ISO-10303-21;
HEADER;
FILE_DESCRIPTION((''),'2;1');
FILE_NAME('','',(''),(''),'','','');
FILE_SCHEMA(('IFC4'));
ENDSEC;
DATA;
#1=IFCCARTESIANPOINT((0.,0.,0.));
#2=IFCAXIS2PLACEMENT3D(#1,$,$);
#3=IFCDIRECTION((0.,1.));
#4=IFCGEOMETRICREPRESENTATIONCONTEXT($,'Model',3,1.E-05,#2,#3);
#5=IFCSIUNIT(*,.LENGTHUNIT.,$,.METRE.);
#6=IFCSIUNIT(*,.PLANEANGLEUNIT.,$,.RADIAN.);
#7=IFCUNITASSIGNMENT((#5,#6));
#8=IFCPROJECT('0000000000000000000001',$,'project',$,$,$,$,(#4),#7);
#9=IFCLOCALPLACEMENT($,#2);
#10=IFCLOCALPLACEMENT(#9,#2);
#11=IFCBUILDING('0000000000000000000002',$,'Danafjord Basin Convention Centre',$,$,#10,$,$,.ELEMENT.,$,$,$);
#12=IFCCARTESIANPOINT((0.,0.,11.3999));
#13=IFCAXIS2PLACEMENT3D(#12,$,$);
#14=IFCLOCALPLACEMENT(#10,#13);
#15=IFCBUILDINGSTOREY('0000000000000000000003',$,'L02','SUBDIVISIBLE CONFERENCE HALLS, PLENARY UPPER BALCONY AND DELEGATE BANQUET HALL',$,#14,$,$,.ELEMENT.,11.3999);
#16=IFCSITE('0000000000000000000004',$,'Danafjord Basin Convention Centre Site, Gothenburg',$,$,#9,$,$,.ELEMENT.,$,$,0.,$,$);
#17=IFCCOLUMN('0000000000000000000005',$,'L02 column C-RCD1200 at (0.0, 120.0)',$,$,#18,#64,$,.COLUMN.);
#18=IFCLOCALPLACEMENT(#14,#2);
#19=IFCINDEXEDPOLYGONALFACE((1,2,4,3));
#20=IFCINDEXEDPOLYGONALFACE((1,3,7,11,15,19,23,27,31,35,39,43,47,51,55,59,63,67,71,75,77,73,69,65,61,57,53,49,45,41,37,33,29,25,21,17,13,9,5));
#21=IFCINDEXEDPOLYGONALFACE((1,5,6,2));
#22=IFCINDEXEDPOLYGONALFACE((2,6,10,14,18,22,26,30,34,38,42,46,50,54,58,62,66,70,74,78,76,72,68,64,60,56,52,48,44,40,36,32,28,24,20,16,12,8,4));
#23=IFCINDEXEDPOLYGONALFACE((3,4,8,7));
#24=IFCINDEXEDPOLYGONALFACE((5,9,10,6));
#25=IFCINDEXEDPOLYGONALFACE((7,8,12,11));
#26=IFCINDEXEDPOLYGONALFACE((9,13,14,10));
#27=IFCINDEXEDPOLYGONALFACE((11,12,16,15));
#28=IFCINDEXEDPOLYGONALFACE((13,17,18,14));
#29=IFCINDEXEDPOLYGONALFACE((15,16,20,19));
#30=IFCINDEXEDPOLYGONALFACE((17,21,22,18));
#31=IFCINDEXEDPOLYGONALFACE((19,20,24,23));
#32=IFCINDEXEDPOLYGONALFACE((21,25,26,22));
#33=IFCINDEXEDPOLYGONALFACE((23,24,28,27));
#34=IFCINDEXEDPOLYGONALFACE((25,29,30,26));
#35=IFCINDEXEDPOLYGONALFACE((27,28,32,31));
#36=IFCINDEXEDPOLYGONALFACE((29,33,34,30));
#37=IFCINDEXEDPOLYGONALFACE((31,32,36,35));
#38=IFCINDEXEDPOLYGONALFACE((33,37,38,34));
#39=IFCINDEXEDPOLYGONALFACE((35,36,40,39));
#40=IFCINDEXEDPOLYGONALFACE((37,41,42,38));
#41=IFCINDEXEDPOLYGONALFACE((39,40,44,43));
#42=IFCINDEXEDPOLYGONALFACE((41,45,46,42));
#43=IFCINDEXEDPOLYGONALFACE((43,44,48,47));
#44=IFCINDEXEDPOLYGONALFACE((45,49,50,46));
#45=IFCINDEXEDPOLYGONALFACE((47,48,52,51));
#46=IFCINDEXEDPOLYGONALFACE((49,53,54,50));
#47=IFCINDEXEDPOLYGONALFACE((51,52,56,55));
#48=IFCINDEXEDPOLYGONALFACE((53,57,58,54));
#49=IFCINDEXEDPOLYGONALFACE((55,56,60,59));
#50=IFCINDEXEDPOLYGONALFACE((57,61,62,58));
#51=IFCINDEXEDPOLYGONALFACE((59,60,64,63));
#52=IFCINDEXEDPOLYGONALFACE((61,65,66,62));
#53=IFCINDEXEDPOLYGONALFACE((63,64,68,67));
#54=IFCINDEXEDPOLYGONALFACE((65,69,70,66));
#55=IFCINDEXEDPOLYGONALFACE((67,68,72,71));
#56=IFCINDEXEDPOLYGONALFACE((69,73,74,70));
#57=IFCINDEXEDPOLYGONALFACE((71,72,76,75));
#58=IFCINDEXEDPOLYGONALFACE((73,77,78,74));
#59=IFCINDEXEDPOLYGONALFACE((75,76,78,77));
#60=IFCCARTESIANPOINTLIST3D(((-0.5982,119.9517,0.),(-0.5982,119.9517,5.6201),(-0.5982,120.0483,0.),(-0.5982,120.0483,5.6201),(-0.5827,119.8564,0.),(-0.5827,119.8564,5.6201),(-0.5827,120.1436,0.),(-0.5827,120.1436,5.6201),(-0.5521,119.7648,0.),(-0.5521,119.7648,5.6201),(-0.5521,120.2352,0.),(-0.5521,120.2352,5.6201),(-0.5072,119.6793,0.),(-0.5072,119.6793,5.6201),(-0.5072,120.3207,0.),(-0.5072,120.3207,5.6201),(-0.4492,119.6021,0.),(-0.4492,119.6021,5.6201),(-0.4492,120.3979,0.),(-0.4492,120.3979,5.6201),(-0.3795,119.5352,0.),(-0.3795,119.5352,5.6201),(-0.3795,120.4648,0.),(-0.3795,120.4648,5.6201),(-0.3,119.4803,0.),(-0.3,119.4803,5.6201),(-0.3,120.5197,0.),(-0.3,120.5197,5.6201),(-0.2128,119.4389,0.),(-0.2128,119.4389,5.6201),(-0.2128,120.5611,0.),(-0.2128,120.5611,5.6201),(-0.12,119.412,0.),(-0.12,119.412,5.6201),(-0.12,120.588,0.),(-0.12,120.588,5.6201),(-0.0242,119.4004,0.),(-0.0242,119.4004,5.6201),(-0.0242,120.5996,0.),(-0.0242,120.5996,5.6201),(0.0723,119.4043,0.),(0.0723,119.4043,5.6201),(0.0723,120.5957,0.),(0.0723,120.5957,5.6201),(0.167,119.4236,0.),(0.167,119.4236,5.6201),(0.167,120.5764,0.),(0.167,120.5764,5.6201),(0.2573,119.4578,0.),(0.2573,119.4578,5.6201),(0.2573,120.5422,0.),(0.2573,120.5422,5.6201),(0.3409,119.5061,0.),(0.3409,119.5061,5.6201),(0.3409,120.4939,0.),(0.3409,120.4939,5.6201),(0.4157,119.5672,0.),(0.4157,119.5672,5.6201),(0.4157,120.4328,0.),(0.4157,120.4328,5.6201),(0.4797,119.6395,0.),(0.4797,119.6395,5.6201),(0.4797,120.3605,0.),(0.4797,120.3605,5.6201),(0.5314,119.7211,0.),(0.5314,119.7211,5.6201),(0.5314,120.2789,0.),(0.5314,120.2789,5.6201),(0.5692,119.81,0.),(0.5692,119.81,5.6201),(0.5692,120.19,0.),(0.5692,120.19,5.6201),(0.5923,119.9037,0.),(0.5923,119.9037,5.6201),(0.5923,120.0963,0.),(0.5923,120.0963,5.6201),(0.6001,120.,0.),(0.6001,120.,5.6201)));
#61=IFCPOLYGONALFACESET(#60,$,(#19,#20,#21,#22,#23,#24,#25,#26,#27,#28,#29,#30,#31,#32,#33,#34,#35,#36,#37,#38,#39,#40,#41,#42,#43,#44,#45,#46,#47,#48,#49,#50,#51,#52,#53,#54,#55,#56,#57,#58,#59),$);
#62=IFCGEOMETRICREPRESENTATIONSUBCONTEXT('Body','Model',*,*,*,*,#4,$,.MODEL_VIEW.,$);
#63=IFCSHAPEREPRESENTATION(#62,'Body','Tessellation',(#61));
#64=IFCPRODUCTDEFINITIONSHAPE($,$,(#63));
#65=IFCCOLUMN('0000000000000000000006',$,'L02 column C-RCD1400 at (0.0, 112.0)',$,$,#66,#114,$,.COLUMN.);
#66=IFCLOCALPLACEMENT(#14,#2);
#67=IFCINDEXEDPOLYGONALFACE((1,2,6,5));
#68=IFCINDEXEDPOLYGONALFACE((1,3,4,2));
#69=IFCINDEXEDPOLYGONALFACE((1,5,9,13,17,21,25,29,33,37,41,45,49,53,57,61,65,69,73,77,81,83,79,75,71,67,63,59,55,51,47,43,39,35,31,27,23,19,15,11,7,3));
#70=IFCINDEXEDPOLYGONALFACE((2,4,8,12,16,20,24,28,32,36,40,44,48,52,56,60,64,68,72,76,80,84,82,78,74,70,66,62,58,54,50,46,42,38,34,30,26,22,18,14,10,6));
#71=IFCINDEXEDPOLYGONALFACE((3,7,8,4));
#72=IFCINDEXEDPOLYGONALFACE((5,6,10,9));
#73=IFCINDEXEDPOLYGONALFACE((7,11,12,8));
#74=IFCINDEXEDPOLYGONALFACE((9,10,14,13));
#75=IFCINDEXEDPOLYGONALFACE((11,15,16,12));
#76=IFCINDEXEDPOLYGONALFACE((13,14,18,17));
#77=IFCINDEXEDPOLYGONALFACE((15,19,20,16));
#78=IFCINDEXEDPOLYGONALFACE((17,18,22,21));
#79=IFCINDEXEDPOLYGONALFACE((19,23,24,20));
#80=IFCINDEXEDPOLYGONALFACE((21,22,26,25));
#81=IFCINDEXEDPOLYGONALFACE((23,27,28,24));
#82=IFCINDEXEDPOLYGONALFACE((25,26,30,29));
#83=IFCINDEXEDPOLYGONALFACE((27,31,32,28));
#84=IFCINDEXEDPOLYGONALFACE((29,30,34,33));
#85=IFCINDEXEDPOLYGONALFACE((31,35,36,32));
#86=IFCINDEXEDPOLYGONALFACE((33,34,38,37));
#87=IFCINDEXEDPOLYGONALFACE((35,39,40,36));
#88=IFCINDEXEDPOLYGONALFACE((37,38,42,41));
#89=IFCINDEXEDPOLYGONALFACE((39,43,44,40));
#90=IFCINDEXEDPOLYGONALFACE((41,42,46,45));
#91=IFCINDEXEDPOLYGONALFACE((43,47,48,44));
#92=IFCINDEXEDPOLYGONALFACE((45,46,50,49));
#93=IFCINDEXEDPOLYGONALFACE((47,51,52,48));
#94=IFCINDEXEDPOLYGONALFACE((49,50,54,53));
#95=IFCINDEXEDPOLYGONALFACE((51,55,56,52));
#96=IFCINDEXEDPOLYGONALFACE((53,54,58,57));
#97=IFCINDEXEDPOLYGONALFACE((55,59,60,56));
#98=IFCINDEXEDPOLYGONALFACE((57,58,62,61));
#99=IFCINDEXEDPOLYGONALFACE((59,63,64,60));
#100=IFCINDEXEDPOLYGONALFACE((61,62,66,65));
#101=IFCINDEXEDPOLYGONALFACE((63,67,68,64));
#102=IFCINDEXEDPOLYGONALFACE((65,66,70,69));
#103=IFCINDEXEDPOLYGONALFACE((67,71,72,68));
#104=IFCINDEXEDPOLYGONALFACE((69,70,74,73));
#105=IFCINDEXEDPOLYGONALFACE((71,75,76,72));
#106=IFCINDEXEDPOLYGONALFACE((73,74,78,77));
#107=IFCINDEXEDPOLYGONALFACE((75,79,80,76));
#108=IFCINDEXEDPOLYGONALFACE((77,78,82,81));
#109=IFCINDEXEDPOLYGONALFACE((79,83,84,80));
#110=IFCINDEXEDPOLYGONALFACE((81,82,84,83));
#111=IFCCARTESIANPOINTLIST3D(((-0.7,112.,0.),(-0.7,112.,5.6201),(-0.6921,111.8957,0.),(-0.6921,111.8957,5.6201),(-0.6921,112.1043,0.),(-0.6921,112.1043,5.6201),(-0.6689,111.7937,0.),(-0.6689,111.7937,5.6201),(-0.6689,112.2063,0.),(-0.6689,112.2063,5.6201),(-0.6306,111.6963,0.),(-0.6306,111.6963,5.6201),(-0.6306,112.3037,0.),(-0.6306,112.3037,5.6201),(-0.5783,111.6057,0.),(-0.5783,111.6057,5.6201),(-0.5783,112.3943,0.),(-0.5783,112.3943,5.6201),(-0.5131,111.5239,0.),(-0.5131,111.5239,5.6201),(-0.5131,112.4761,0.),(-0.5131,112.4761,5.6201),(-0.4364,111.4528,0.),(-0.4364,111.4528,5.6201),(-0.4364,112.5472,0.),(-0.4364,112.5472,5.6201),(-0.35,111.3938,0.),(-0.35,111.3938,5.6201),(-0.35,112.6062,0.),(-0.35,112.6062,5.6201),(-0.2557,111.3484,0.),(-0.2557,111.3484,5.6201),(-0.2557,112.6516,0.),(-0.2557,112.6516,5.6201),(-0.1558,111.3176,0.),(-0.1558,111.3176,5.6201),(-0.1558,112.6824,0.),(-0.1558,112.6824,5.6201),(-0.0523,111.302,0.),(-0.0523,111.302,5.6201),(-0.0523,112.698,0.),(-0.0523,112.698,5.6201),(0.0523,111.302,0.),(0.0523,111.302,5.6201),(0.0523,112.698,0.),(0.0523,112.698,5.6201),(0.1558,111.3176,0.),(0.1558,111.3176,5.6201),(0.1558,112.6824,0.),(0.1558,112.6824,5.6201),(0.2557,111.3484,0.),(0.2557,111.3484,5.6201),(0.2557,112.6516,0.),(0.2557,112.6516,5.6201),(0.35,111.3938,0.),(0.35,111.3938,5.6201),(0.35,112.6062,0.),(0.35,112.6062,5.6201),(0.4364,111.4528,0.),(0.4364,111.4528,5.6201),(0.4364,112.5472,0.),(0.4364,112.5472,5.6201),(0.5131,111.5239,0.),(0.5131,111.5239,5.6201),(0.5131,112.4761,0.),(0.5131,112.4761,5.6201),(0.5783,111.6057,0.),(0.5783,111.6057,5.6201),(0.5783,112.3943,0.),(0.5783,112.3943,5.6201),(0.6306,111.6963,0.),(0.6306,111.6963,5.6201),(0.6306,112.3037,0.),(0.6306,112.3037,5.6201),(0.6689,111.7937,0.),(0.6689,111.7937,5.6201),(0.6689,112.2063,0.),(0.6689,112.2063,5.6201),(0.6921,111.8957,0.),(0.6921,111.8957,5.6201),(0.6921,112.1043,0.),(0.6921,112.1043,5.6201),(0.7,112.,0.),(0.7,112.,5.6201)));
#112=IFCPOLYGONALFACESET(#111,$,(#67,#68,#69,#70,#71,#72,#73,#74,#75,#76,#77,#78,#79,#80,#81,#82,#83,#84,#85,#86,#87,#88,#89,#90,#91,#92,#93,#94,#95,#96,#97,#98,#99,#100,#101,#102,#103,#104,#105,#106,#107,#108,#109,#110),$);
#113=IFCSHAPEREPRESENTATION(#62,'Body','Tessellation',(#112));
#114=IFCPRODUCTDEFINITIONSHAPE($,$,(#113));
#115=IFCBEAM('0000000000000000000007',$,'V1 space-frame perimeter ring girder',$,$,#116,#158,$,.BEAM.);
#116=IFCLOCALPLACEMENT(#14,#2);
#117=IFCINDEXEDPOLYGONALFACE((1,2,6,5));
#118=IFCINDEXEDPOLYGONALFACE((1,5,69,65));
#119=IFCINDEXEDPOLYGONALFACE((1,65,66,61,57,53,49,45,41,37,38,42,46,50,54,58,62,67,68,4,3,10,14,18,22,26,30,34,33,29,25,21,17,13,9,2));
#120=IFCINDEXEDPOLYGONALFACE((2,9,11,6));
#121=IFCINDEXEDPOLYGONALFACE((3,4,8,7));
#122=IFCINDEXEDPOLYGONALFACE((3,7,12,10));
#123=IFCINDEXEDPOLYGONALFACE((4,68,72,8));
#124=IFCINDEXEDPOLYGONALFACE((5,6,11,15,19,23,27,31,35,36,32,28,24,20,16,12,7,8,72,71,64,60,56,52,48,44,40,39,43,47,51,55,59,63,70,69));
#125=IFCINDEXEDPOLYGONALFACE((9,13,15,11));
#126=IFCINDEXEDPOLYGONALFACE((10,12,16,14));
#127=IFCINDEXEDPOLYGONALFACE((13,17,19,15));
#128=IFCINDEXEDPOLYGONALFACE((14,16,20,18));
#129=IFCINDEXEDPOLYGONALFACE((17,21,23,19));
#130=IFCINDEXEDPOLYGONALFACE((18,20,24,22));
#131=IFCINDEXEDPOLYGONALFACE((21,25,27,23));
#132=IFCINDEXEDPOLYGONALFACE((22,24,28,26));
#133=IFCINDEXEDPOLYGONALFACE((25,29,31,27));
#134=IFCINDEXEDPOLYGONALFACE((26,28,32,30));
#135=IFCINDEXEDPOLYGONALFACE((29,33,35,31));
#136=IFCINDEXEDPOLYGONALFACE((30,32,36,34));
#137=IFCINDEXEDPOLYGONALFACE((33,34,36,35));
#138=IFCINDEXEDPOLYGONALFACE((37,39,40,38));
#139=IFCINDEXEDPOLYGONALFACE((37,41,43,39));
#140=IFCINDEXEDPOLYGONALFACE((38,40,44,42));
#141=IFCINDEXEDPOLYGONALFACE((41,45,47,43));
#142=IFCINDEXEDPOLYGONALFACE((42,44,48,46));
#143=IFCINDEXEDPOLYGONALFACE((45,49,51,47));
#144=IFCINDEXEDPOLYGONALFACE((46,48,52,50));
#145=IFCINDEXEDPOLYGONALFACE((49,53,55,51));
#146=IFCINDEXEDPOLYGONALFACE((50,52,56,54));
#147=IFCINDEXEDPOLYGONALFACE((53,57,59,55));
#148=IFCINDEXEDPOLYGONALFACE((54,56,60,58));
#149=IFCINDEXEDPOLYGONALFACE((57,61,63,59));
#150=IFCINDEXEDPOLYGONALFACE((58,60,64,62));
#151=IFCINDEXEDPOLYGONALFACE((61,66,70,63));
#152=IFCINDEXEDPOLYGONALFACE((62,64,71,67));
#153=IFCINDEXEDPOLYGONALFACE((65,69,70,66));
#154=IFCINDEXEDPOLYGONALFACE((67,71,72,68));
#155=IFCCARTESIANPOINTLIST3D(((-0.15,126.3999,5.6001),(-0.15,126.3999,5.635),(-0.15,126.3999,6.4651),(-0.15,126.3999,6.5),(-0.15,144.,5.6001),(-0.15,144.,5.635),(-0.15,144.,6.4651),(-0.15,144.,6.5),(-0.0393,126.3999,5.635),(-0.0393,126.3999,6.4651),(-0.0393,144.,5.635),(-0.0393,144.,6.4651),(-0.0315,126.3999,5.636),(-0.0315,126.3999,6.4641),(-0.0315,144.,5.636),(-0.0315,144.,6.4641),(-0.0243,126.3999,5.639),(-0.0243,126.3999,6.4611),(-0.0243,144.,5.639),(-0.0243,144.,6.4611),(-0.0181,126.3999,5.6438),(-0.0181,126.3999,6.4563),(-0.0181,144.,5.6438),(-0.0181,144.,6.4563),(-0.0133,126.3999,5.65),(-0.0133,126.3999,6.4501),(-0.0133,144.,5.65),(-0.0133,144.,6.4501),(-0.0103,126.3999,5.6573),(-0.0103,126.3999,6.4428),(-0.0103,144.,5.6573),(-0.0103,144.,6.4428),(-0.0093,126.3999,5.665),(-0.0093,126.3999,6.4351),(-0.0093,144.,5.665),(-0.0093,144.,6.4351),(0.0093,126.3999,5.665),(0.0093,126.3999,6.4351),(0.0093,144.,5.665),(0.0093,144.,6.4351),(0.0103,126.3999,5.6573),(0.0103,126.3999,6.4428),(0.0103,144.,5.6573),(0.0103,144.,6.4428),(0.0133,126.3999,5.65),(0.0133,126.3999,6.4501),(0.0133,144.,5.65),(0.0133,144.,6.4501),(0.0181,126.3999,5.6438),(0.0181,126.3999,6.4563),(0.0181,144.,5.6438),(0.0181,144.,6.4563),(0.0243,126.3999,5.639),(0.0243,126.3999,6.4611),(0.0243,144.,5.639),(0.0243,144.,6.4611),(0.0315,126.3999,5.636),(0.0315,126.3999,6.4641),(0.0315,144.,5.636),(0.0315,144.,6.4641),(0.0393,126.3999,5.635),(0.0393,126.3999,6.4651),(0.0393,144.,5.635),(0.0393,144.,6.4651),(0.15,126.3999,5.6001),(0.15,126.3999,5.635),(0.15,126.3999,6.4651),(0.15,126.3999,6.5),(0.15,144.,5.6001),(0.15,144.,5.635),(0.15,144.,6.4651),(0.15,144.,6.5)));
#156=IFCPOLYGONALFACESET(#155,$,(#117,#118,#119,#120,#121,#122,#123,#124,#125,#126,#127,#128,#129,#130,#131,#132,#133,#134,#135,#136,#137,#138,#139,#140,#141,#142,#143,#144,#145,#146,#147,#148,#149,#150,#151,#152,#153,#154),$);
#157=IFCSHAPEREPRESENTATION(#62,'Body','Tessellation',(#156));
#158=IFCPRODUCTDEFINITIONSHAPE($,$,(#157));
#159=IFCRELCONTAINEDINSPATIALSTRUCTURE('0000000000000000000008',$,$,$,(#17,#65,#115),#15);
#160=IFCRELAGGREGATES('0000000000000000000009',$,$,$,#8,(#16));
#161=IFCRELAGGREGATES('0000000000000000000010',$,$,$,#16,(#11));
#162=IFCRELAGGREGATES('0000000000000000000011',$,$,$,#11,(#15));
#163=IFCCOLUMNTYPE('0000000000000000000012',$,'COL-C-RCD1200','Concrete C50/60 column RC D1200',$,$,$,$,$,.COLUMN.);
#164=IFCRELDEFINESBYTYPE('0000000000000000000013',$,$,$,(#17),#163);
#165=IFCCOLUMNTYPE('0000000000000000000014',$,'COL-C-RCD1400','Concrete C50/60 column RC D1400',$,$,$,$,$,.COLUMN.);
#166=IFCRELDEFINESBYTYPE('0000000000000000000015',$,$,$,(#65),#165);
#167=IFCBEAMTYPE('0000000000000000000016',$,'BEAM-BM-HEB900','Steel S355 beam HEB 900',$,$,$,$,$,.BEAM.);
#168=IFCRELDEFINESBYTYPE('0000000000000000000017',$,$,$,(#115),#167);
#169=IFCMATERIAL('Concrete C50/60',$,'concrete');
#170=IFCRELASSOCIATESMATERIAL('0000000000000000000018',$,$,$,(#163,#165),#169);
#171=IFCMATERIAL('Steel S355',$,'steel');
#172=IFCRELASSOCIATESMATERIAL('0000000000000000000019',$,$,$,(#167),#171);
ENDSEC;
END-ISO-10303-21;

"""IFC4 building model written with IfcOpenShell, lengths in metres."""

from ifc_helpers import new_model, si_unit, direction, frame, origin, origin_2d, place, context, subcontext, project, spatial, circle, i_section, extrude, material, material_profile, profile_set, type_object, element, save


model = new_model("IFC4")

# Units and contexts
model_context = context("Model", 3, precision=1e-05, world=origin(), true_north=direction((0.0, 1.0)))
body_context = subcontext(model_context, "Body", "Model", "MODEL_VIEW")
ifc_project = project(units=[si_unit("LENGTHUNIT", "METRE"), si_unit("PLANEANGLEUNIT", "RADIAN")], contexts=[model_context])

# Site, building, storey
site_placement = place(None, origin())
site = spatial("IfcSite", under=ifc_project, at=site_placement, Name="Danafjord Basin Convention Centre Site, Gothenburg", CompositionType="ELEMENT", RefElevation=0.0)
building_placement = place(site_placement, origin())
building = spatial("IfcBuilding", under=site, at=building_placement, Name="Danafjord Basin Convention Centre", CompositionType="ELEMENT")
storey_placement = place(building_placement, frame((0.0, 0.0, 11.3999)))
storey = spatial("IfcBuildingStorey", under=building, at=storey_placement, Name="L02", Description="SUBDIVISIBLE CONFERENCE HALLS, PLENARY UPPER BALCONY AND DELEGATE BANQUET HALL", CompositionType="ELEMENT", Elevation=11.3999)

# Columns
ifc_material_1 = material(Name="Concrete C50/60", Category="concrete")
ifc_material_profile_1 = material_profile(ifc_material_1, circle(Radius=0.6001, at=origin_2d()), Name="RC D1200")
ifc_profile_set_1 = profile_set([ifc_material_profile_1], Name="Concrete C50/60")
column_type_1 = type_object("IfcColumnType", Name="COL-C-RCD1200", Description="Concrete C50/60 column RC D1200", PredefinedType="COLUMN", material=ifc_profile_set_1)
column_1_placement = place(storey_placement, frame((0.0, 120.0, 0.0), z_axis=(0.0, 0.0, 1.0), x_axis=(1.0, 0.0, 0.0)))
element("IfcColumn", 1, at=column_1_placement, inside=storey, type_object=column_type_1, Name="L02 column C-RCD1200 at (0.0, 120.0)", PredefinedType="COLUMN", context=body_context, shape_type="SweptSolid", body=[
    extrude(circle(Radius=0.6001, at=origin_2d()), origin(), (0.0, 0.0, 1.0), 5.6201),
])
ifc_material_profile_2 = material_profile(ifc_material_1, circle(Radius=0.7, at=origin_2d()), Name="RC D1400")
ifc_profile_set_2 = profile_set([ifc_material_profile_2], Name="Concrete C50/60")
column_type_2 = type_object("IfcColumnType", Name="COL-C-RCD1400", Description="Concrete C50/60 column RC D1400", PredefinedType="COLUMN", material=ifc_profile_set_2)
column_2_placement = place(storey_placement, frame((0.0, 112.0, 0.0), z_axis=(0.0, 0.0, 1.0), x_axis=(1.0, 0.0, 0.0)))
element("IfcColumn", 2, at=column_2_placement, inside=storey, type_object=column_type_2, Name="L02 column C-RCD1400 at (0.0, 112.0)", PredefinedType="COLUMN", context=body_context, shape_type="SweptSolid", body=[
    extrude(circle(Radius=0.7, at=origin_2d()), origin(), (0.0, 0.0, 1.0), 5.6201),
])

# Beam
ifc_material_2 = material(Name="Steel S355", Category="steel")
ifc_material_profile_3 = material_profile(ifc_material_2, i_section(OverallWidth=0.3, OverallDepth=0.8999, WebThickness=0.0186, FlangeThickness=0.0349, FilletRadius=0.03, at=origin_2d()), Name="HEB 900")
ifc_profile_set_3 = profile_set([ifc_material_profile_3], Name="Steel S355")
beam_type_1 = type_object("IfcBeamType", Name="BEAM-BM-HEB900", Description="Steel S355 beam HEB 900", PredefinedType="BEAM", material=ifc_profile_set_3)
beam_1_placement = place(storey_placement, frame((0.0, 126.3999, 6.05), z_axis=(0.0, 1.0, 0.0), x_axis=(-1.0, 0.0, 0.0)))
element("IfcBeam", 3, at=beam_1_placement, inside=storey, type_object=beam_type_1, Name="V1 space-frame perimeter ring girder", PredefinedType="BEAM", context=body_context, shape_type="SweptSolid", body=[
    extrude(i_section(OverallWidth=0.3, OverallDepth=0.8999, WebThickness=0.0186, FlangeThickness=0.0349, FilletRadius=0.03, at=origin_2d()), origin(), (0.0, 0.0, 1.0), 17.6001),
])

save(model, "model.ifc")
